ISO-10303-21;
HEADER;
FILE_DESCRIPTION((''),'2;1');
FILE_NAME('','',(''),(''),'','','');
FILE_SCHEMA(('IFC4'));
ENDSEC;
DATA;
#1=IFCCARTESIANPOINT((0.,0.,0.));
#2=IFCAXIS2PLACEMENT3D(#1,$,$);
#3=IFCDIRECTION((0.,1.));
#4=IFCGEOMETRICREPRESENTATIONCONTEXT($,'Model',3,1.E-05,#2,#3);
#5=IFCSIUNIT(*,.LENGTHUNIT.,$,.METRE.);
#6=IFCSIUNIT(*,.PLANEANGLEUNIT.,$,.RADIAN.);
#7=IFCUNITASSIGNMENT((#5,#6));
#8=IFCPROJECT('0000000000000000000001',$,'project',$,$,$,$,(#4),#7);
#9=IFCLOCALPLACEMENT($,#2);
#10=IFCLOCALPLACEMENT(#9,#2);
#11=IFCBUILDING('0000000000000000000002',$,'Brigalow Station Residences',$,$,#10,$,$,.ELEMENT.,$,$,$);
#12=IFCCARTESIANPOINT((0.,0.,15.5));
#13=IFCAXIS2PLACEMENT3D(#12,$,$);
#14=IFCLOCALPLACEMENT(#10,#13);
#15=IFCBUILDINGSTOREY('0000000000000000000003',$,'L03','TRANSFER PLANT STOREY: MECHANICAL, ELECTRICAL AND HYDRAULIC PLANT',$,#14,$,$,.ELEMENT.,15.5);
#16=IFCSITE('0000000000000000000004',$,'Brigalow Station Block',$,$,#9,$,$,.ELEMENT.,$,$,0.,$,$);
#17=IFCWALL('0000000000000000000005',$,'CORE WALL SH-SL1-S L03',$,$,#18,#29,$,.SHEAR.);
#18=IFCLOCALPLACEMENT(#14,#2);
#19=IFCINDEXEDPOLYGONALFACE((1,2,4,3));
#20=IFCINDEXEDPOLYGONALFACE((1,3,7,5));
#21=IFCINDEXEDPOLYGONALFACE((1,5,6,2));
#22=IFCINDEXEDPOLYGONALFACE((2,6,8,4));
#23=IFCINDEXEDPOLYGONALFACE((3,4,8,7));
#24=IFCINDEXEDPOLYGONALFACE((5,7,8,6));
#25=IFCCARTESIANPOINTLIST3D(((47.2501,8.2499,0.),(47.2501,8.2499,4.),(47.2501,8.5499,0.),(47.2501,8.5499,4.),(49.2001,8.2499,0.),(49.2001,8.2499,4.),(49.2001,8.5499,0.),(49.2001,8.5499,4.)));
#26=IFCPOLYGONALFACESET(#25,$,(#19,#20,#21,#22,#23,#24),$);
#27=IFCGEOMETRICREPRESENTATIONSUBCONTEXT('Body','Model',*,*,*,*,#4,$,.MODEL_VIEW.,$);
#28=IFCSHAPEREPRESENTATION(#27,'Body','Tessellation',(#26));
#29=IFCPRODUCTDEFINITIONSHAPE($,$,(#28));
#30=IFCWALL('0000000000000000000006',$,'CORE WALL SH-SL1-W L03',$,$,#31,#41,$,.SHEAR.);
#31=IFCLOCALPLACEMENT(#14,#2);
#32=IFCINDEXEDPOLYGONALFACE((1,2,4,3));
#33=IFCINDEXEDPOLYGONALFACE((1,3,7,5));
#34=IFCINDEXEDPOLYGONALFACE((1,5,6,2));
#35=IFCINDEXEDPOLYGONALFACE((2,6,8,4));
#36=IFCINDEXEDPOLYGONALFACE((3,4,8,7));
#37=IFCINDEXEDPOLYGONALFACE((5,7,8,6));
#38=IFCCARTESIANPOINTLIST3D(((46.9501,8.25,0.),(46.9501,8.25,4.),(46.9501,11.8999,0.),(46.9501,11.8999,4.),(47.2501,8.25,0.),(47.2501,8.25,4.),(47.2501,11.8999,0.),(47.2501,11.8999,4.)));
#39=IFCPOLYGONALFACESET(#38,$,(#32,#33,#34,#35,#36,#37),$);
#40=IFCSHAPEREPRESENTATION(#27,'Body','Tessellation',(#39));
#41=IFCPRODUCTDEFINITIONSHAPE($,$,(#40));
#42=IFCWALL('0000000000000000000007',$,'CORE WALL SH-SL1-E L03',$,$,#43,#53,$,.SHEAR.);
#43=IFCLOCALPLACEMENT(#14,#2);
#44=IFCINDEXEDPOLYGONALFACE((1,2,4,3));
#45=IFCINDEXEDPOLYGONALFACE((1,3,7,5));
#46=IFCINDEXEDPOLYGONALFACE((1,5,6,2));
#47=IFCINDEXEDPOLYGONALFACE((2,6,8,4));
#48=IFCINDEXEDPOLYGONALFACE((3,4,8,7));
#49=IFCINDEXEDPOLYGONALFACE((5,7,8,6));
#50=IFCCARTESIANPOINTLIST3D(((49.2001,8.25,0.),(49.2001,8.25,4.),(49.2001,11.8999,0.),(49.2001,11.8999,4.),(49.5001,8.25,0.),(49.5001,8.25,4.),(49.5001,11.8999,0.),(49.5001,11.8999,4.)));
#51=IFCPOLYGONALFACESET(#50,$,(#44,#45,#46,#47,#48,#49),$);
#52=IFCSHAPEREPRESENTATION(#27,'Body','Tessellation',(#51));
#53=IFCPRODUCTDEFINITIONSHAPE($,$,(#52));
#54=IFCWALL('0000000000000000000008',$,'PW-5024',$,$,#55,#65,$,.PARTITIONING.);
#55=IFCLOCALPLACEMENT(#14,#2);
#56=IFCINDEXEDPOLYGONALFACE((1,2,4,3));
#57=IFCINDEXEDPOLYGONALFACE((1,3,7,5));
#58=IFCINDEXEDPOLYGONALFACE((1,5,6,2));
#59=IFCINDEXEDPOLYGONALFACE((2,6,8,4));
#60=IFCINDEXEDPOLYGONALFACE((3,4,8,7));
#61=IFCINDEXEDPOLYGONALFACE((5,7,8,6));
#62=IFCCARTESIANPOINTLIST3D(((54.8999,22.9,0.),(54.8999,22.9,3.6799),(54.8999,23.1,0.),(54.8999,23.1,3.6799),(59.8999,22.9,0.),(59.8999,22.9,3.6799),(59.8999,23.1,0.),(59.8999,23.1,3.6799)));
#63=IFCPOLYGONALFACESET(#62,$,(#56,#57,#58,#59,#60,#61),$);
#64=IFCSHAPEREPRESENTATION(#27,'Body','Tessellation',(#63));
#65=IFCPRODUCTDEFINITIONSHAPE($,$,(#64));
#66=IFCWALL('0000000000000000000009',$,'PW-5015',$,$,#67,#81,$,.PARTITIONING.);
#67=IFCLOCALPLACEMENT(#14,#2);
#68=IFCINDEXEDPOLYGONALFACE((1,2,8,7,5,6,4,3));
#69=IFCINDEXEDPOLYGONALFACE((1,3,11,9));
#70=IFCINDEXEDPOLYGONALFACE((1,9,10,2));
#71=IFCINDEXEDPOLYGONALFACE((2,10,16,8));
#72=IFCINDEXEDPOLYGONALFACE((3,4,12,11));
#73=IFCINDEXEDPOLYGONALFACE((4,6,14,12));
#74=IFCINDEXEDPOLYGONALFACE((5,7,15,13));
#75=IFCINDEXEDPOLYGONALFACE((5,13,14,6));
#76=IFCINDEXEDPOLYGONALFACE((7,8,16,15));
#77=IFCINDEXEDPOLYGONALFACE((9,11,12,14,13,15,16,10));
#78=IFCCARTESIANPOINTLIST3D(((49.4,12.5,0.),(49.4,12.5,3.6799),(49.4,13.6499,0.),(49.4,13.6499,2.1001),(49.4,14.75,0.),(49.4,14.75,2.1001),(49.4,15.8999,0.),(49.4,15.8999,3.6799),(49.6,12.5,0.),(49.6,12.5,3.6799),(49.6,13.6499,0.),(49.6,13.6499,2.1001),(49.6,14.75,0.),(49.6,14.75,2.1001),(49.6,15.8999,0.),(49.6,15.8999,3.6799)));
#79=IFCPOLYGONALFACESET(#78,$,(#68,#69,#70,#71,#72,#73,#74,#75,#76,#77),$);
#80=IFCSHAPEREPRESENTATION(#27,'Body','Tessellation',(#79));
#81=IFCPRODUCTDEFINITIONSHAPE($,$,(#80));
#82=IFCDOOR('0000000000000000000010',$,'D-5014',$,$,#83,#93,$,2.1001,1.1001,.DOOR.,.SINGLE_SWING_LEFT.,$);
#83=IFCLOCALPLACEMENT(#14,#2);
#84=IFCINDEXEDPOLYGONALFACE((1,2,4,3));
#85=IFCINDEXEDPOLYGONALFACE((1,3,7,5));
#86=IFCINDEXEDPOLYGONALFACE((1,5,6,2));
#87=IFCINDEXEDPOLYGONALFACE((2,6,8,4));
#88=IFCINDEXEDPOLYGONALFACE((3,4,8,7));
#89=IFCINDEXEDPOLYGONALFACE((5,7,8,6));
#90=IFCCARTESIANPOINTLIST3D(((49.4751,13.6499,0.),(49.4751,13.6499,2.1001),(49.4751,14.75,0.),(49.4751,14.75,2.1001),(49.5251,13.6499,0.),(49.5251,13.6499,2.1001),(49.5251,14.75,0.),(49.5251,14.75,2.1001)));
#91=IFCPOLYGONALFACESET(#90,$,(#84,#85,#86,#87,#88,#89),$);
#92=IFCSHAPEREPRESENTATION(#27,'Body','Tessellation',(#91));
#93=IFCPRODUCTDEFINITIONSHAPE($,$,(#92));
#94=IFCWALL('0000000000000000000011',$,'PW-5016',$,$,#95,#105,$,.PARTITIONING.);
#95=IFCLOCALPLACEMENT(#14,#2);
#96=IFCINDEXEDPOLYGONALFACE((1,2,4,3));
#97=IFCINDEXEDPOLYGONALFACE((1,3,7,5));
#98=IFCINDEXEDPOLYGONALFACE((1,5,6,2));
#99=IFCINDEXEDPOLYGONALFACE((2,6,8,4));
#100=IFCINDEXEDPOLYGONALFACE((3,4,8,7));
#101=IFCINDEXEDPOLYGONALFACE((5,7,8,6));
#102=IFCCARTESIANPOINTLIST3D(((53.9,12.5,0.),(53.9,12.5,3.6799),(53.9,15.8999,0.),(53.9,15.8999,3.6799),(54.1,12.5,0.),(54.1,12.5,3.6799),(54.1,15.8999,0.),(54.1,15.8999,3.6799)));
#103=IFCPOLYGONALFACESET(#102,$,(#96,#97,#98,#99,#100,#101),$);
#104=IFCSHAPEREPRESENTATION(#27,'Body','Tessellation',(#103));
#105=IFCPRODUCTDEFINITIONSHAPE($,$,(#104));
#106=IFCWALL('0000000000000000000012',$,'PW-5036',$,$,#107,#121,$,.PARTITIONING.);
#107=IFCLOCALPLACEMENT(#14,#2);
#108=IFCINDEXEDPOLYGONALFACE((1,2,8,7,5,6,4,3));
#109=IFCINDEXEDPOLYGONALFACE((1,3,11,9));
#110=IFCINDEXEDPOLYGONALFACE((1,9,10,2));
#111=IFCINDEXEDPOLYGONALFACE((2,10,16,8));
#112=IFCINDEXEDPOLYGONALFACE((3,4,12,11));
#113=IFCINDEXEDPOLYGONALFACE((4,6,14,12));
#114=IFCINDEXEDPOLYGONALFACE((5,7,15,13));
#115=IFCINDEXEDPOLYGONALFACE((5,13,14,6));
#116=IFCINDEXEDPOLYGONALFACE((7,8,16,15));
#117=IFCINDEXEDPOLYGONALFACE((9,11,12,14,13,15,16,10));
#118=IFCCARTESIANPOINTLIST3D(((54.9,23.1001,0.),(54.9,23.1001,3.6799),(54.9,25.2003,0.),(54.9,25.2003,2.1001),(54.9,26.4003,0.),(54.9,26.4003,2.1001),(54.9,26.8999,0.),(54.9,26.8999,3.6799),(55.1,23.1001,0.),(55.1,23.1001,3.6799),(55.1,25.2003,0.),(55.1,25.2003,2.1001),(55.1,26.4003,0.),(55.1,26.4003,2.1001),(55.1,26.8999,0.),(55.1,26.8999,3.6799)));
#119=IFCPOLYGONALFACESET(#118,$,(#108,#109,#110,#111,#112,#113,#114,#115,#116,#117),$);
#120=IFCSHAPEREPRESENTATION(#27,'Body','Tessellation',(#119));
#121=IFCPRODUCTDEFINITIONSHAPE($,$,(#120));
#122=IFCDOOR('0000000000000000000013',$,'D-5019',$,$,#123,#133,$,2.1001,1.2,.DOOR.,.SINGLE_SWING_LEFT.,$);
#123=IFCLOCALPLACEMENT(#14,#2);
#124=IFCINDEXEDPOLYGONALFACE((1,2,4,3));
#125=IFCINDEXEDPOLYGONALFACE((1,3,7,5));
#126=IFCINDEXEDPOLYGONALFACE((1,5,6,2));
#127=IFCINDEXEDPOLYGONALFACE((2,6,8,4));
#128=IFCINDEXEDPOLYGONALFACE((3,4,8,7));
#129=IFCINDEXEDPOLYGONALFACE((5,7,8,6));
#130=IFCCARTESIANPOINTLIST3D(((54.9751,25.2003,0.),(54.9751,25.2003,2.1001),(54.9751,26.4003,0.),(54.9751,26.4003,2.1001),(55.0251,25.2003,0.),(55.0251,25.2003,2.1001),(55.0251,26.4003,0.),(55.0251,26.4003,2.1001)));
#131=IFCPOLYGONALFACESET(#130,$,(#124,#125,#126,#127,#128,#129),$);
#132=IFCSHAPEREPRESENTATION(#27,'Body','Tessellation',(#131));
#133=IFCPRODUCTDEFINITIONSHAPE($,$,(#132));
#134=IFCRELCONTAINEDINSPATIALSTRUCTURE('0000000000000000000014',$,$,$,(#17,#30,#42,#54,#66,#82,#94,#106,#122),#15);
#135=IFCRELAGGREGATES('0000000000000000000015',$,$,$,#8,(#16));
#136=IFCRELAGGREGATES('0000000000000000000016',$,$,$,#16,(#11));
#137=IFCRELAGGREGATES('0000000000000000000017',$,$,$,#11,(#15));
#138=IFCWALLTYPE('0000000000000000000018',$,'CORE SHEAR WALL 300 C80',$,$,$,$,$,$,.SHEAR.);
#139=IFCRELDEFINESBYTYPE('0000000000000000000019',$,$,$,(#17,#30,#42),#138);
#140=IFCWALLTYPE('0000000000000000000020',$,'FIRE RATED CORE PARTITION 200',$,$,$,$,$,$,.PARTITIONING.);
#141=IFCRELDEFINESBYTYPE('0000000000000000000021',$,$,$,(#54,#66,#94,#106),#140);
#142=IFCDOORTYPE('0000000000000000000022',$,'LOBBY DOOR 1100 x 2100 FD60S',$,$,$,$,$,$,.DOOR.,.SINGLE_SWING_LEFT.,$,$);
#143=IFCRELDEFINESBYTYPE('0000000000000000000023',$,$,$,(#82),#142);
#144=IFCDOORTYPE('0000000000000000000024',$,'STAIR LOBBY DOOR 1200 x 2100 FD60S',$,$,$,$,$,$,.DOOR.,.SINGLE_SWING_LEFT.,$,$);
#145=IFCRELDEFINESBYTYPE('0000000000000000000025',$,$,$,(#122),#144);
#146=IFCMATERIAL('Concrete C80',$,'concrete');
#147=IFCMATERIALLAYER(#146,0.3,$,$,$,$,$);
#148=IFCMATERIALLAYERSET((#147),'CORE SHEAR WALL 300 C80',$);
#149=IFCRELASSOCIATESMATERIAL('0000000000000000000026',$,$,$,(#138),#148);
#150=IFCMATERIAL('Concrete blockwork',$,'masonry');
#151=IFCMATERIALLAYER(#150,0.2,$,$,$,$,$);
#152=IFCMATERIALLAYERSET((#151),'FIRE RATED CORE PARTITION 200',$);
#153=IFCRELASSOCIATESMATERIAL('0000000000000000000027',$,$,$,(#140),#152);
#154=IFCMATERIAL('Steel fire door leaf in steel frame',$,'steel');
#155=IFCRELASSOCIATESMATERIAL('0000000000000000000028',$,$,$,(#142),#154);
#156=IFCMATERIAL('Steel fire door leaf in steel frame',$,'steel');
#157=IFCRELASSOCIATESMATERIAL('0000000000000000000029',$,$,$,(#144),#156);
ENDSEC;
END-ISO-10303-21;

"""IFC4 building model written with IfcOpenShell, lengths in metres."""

from ifc_helpers import new_model, si_unit, direction, frame, frame_2d, origin, place, context, subcontext, project, spatial, rectangle, extrude, material, layer, layer_set, type_object, element, fill, save


model = new_model("IFC4")

# Units and contexts
model_context = context("Model", 3, precision=1e-05, world=origin(), true_north=direction((0.0, 1.0)))
body_context = subcontext(model_context, "Body", "Model", "MODEL_VIEW")
ifc_project = project(units=[si_unit("LENGTHUNIT", "METRE"), si_unit("PLANEANGLEUNIT", "RADIAN")], contexts=[model_context])

# Site, building, storey
site_placement = place(None, origin())
site = spatial("IfcSite", under=ifc_project, at=site_placement, Name="Brigalow Station Block", CompositionType="ELEMENT", RefElevation=0.0)
building_placement = place(site_placement, origin())
building = spatial("IfcBuilding", under=site, at=building_placement, Name="Brigalow Station Residences", CompositionType="ELEMENT")
storey_placement = place(building_placement, frame((0.0, 0.0, 15.5)))
storey = spatial("IfcBuildingStorey", under=building, at=storey_placement, Name="L03", Description="TRANSFER PLANT STOREY: MECHANICAL, ELECTRICAL AND HYDRAULIC PLANT", CompositionType="ELEMENT", Elevation=15.5)

# Walls
ifc_material_1 = material(Name="Concrete C80", Category="concrete")
ifc_layer_1 = layer(ifc_material_1, 0.3)
ifc_layer_set_1 = layer_set([ifc_layer_1], Name="CORE SHEAR WALL 300 C80")
wall_type_1 = type_object("IfcWallType", Name="CORE SHEAR WALL 300 C80", PredefinedType="SHEAR", material=ifc_layer_set_1)
wall_1_placement = place(storey_placement, frame((47.25, 8.3999, 0.0), z_axis=(0.0, 0.0, 1.0), x_axis=(1.0, 0.0, 0.0)))
element("IfcWall", 1, at=wall_1_placement, inside=storey, type_object=wall_type_1, Name="CORE WALL SH-SL1-S L03", PredefinedType="SHEAR", context=body_context, shape_type="SweptSolid", body=[
    extrude(rectangle(XDim=1.95, YDim=0.3, at=frame_2d((0.9751, 0.0))), origin(), (0.0, 0.0, 1.0), 4.0),
])
for number, where, z_axis, x_axis, name in (
    (2, (47.1001, 8.25, 0.0), (0.0, 0.0, 1.0), (0.0, 1.0, 0.0), "CORE WALL SH-SL1-W L03"),
    (3, (49.3501, 8.25, 0.0), (0.0, 0.0, 1.0), (0.0, 1.0, 0.0), "CORE WALL SH-SL1-E L03"),
):
    element("IfcWall", number, at=place(storey_placement, frame(where, z_axis=z_axis, x_axis=x_axis)), inside=storey, type_object=wall_type_1, Name=name, PredefinedType="SHEAR", context=body_context, shape_type="SweptSolid", body=[
        extrude(rectangle(XDim=3.6499, YDim=0.3, at=frame_2d((1.825, 0.0))), origin(), (0.0, 0.0, 1.0), 4.0),
    ])
ifc_material_2 = material(Name="Concrete blockwork", Category="masonry")
ifc_layer_2 = layer(ifc_material_2, 0.2)
ifc_layer_set_2 = layer_set([ifc_layer_2], Name="FIRE RATED CORE PARTITION 200")
wall_type_2 = type_object("IfcWallType", Name="FIRE RATED CORE PARTITION 200", PredefinedType="PARTITIONING", material=ifc_layer_set_2)
wall_2_placement = place(storey_placement, frame((54.8999, 23.0, 0.0), z_axis=(0.0, 0.0, 1.0), x_axis=(1.0, 0.0, 0.0)))
element("IfcWall", 4, at=wall_2_placement, inside=storey, type_object=wall_type_2, Name="PW-5024", PredefinedType="PARTITIONING", context=body_context, shape_type="SweptSolid", body=[
    extrude(rectangle(XDim=5.0, YDim=0.2, at=frame_2d((2.5, 0.0))), origin(), (0.0, 0.0, 1.0), 3.6799),
])

# Wall, opening, door
wall_3_placement = place(storey_placement, frame((49.5, 12.5, 0.0), z_axis=(0.0, 0.0, 1.0), x_axis=(0.0, 1.0, 0.0)))
wall_3 = element("IfcWall", 5, at=wall_3_placement, inside=storey, type_object=wall_type_2, Name="PW-5015", PredefinedType="PARTITIONING", context=body_context, shape_type="SweptSolid", body=[
    extrude(rectangle(XDim=3.3999, YDim=0.2, at=frame_2d((1.7, 0.0))), origin(), (0.0, 0.0, 1.0), 3.6799),
])
opening_1_placement = place(wall_3_placement, frame((1.1499, 0.0, 0.0)))
opening_1 = element("IfcOpeningElement", 6, at=opening_1_placement, cuts=wall_3, PredefinedType="OPENING", context=body_context, shape_type="SweptSolid", body=[
    extrude(rectangle(XDim=1.1001, YDim=2.1001, at=frame_2d((0.55, 1.05))), frame((0.0, 0.1099, 0.0), z_axis=(0.0, -1.0, 0.0), x_axis=(1.0, 0.0, 0.0)), (0.0, 0.0, 1.0), 0.22),
])
ifc_material_3 = material(Name="Steel fire door leaf in steel frame", Category="steel")
door_type_1 = type_object("IfcDoorType", Name="LOBBY DOOR 1100 x 2100 FD60S", OperationType="SINGLE_SWING_LEFT", PredefinedType="DOOR", material=ifc_material_3)
door_1_placement = place(opening_1_placement, origin())
door_1 = element("IfcDoor", 7, at=door_1_placement, inside=storey, type_object=door_type_1, Name="D-5014", OperationType="SINGLE_SWING_LEFT", OverallHeight=2.1001, OverallWidth=1.1001, PredefinedType="DOOR", context=body_context, shape_type="SweptSolid", body=[
    extrude(rectangle(XDim=1.1001, YDim=2.1001, at=frame_2d((0.55, 1.05))), frame((0.0, 0.0249, 0.0), z_axis=(0.0, -1.0, 0.0), x_axis=(1.0, 0.0, 0.0)), (0.0, 0.0, 1.0), 0.05),
])
fill(opening_1, door_1)

# Wall
wall_4_placement = place(storey_placement, frame((54.0, 12.5, 0.0), z_axis=(0.0, 0.0, 1.0), x_axis=(0.0, 1.0, 0.0)))
element("IfcWall", 8, at=wall_4_placement, inside=storey, type_object=wall_type_2, Name="PW-5016", PredefinedType="PARTITIONING", context=body_context, shape_type="SweptSolid", body=[
    extrude(rectangle(XDim=3.3999, YDim=0.2, at=frame_2d((1.7, 0.0))), origin(), (0.0, 0.0, 1.0), 3.6799),
])

# Wall, opening, door
wall_5_placement = place(storey_placement, frame((55.0, 23.1001, 0.0), z_axis=(0.0, 0.0, 1.0), x_axis=(0.0, 1.0, 0.0)))
wall_5 = element("IfcWall", 9, at=wall_5_placement, inside=storey, type_object=wall_type_2, Name="PW-5036", PredefinedType="PARTITIONING", context=body_context, shape_type="SweptSolid", body=[
    extrude(rectangle(XDim=3.7998, YDim=0.2, at=frame_2d((1.8999, 0.0))), origin(), (0.0, 0.0, 1.0), 3.6799),
])
opening_2_placement = place(wall_5_placement, frame((2.1001, 0.0, 0.0)))
opening_2 = element("IfcOpeningElement", 10, at=opening_2_placement, cuts=wall_5, PredefinedType="OPENING", context=body_context, shape_type="SweptSolid", body=[
    extrude(rectangle(XDim=1.2, YDim=2.1001, at=frame_2d((0.6001, 1.05))), frame((0.0, 0.1099, 0.0), z_axis=(0.0, -1.0, 0.0), x_axis=(1.0, 0.0, 0.0)), (0.0, 0.0, 1.0), 0.22),
])
ifc_material_4 = material(Name="Steel fire door leaf in steel frame", Category="steel")
door_type_2 = type_object("IfcDoorType", Name="STAIR LOBBY DOOR 1200 x 2100 FD60S", OperationType="SINGLE_SWING_LEFT", PredefinedType="DOOR", material=ifc_material_4)
door_2_placement = place(opening_2_placement, origin())
door_2 = element("IfcDoor", 11, at=door_2_placement, inside=storey, type_object=door_type_2, Name="D-5019", OperationType="SINGLE_SWING_LEFT", OverallHeight=2.1001, OverallWidth=1.2, PredefinedType="DOOR", context=body_context, shape_type="SweptSolid", body=[
    extrude(rectangle(XDim=1.2, YDim=2.1001, at=frame_2d((0.6001, 1.05))), frame((0.0, 0.0249, 0.0), z_axis=(0.0, -1.0, 0.0), x_axis=(1.0, 0.0, 0.0)), (0.0, 0.0, 1.0), 0.05),
])
fill(opening_2, door_2)

save(model, "model.ifc")
